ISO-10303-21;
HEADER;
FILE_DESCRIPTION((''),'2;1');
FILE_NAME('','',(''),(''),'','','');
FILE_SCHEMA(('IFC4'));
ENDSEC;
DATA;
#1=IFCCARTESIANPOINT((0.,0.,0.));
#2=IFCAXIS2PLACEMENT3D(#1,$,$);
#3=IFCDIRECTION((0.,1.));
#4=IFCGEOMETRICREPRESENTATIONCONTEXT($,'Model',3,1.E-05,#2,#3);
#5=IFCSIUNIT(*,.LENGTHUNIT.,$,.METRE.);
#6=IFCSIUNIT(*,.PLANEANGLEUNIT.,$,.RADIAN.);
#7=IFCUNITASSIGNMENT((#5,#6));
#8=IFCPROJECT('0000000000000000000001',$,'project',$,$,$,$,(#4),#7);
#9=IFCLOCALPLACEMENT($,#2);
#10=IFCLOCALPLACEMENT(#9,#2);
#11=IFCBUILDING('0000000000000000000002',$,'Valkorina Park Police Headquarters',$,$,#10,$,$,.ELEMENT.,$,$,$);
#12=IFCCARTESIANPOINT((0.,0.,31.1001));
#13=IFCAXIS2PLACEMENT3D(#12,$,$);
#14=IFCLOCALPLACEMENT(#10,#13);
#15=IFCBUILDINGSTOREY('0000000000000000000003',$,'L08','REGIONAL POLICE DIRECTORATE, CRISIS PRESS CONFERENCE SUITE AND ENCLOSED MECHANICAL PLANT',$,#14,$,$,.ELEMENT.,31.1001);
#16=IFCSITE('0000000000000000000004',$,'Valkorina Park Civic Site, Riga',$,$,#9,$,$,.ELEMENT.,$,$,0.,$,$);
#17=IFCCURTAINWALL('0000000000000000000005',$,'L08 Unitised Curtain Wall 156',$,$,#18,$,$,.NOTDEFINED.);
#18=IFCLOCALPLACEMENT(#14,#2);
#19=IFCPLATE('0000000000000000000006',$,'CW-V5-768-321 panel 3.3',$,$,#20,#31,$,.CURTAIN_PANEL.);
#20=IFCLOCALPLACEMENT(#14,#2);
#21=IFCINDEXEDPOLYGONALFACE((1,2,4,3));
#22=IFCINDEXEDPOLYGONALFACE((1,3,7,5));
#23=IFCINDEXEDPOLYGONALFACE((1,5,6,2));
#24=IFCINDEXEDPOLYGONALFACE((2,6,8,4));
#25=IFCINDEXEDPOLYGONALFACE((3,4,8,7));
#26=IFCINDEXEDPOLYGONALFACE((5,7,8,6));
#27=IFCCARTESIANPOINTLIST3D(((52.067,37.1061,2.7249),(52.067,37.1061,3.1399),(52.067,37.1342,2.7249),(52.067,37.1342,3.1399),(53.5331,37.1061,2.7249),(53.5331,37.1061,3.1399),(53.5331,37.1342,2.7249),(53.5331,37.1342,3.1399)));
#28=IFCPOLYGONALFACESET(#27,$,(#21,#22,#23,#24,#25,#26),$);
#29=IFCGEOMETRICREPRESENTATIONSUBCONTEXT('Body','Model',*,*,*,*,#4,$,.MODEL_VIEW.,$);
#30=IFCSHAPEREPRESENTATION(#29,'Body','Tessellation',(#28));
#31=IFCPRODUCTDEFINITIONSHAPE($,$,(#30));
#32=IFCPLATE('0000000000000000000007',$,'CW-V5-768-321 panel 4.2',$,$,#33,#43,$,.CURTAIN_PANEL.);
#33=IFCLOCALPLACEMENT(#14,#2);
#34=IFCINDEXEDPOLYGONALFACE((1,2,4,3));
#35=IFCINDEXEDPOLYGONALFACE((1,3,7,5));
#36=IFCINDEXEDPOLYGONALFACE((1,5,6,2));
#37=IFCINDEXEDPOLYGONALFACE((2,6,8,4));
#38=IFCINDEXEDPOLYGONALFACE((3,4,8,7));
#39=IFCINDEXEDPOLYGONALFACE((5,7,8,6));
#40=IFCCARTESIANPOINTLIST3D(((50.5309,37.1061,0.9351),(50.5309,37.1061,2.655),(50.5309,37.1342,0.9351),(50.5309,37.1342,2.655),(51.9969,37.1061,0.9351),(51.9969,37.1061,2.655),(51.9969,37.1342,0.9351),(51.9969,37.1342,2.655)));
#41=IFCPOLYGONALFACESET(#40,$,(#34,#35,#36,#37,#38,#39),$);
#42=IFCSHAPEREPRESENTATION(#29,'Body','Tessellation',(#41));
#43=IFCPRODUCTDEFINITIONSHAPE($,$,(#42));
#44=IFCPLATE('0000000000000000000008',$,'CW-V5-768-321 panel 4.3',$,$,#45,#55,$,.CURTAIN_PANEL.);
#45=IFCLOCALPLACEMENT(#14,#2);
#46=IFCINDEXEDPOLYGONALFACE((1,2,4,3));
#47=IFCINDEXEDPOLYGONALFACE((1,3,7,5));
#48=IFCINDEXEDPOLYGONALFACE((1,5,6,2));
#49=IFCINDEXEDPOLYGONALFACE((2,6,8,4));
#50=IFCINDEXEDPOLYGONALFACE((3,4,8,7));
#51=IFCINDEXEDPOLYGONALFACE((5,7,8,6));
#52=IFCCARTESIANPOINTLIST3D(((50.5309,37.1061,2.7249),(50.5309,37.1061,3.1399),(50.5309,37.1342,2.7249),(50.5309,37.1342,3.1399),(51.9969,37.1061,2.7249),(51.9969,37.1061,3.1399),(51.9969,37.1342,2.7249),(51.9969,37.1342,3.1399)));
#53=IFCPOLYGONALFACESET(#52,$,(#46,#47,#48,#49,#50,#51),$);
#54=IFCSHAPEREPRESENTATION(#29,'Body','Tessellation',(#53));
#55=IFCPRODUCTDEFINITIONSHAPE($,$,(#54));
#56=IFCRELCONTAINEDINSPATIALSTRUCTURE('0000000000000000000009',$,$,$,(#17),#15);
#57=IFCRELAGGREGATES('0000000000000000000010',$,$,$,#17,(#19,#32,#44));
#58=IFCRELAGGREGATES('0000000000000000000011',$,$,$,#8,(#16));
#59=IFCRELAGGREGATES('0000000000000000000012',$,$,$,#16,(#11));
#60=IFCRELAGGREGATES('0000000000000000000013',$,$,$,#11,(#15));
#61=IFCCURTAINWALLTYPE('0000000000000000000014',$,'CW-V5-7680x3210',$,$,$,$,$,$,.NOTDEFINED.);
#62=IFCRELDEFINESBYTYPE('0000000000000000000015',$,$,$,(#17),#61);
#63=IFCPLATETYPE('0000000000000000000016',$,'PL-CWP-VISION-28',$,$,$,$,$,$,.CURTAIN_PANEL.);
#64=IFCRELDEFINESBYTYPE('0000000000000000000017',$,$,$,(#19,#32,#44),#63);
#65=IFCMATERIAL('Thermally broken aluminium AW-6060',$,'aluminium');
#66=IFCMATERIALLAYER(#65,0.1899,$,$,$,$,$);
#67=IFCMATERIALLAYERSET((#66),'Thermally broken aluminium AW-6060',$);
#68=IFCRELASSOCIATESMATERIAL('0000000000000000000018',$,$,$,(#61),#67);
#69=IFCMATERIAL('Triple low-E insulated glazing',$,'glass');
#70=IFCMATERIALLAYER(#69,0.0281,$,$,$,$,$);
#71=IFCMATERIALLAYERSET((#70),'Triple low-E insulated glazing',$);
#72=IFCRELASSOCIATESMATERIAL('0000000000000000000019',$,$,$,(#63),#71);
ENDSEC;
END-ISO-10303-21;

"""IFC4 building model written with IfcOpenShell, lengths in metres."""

from ifc_helpers import new_model, si_unit, direction, frame, origin, origin_2d, place, context, subcontext, project, spatial, rectangle, extrude, material, layer, layer_set, type_object, element, aggregate, save


model = new_model("IFC4")

# Units and contexts
model_context = context("Model", 3, precision=1e-05, world=origin(), true_north=direction((0.0, 1.0)))
body_context = subcontext(model_context, "Body", "Model", "MODEL_VIEW")
ifc_project = project(units=[si_unit("LENGTHUNIT", "METRE"), si_unit("PLANEANGLEUNIT", "RADIAN")], contexts=[model_context])

# Site, building, storey
site_placement = place(None, origin())
site = spatial("IfcSite", under=ifc_project, at=site_placement, Name="Valkorina Park Civic Site, Riga", CompositionType="ELEMENT", RefElevation=0.0)
building_placement = place(site_placement, origin())
building = spatial("IfcBuilding", under=site, at=building_placement, Name="Valkorina Park Police Headquarters", CompositionType="ELEMENT")
storey_placement = place(building_placement, frame((0.0, 0.0, 31.1001)))
storey = spatial("IfcBuildingStorey", under=building, at=storey_placement, Name="L08", Description="REGIONAL POLICE DIRECTORATE, CRISIS PRESS CONFERENCE SUITE AND ENCLOSED MECHANICAL PLANT", CompositionType="ELEMENT", Elevation=31.1001)

# Curtain wall, plates
ifc_material_1 = material(Name="Thermally broken aluminium AW-6060", Category="aluminium")
ifc_layer_1 = layer(ifc_material_1, 0.1899)
ifc_layer_set_1 = layer_set([ifc_layer_1], Name="Thermally broken aluminium AW-6060")
curtain_wall_type = type_object("IfcCurtainWallType", Name="CW-V5-7680x3210", PredefinedType="NOTDEFINED", material=ifc_layer_set_1)
curtain_wall_placement = place(storey_placement, origin())
curtain_wall = element("IfcCurtainWall", 1, at=curtain_wall_placement, inside=storey, type_object=curtain_wall_type, Name="L08 Unitised Curtain Wall 156", PredefinedType="NOTDEFINED")
ifc_material_2 = material(Name="Triple low-E insulated glazing", Category="glass")
ifc_layer_2 = layer(ifc_material_2, 0.0281)
ifc_layer_set_2 = layer_set([ifc_layer_2], Name="Triple low-E insulated glazing")
plate_type_1 = type_object("IfcPlateType", Name="PL-CWP-VISION-28", PredefinedType="CURTAIN_PANEL", material=ifc_layer_set_2)
plate_1_placement = place(storey_placement, frame((52.8, 37.1201, 2.7249), z_axis=(0.0, 0.0, 1.0), x_axis=(-1.0, 0.0, 0.0)))
plate_1 = element("IfcPlate", 2, at=plate_1_placement, type_object=plate_type_1, Name="CW-V5-768-321 panel 3.3", PredefinedType="CURTAIN_PANEL", context=body_context, shape_type="SweptSolid", body=[
    extrude(rectangle(XDim=1.4661, YDim=0.0281, at=origin_2d()), origin(), (0.0, 0.0, 1.0), 0.415),
])
plate_2_placement = place(storey_placement, frame((51.2639, 37.1201, 0.9351), z_axis=(0.0, 0.0, 1.0), x_axis=(-1.0, 0.0, 0.0)))
plate_2 = element("IfcPlate", 3, at=plate_2_placement, type_object=plate_type_1, Name="CW-V5-768-321 panel 4.2", PredefinedType="CURTAIN_PANEL", context=body_context, shape_type="SweptSolid", body=[
    extrude(rectangle(XDim=1.4661, YDim=0.0281, at=origin_2d()), origin(), (0.0, 0.0, 1.0), 1.72),
])
plate_3_placement = place(storey_placement, frame((51.2639, 37.1201, 2.7249), z_axis=(0.0, 0.0, 1.0), x_axis=(-1.0, 0.0, 0.0)))
plate_3 = element("IfcPlate", 4, at=plate_3_placement, type_object=plate_type_1, Name="CW-V5-768-321 panel 4.3", PredefinedType="CURTAIN_PANEL", context=body_context, shape_type="SweptSolid", body=[
    extrude(rectangle(XDim=1.4661, YDim=0.0281, at=origin_2d()), origin(), (0.0, 0.0, 1.0), 0.415),
])
aggregate(curtain_wall, [plate_1, plate_2, plate_3])

save(model, "model.ifc")
